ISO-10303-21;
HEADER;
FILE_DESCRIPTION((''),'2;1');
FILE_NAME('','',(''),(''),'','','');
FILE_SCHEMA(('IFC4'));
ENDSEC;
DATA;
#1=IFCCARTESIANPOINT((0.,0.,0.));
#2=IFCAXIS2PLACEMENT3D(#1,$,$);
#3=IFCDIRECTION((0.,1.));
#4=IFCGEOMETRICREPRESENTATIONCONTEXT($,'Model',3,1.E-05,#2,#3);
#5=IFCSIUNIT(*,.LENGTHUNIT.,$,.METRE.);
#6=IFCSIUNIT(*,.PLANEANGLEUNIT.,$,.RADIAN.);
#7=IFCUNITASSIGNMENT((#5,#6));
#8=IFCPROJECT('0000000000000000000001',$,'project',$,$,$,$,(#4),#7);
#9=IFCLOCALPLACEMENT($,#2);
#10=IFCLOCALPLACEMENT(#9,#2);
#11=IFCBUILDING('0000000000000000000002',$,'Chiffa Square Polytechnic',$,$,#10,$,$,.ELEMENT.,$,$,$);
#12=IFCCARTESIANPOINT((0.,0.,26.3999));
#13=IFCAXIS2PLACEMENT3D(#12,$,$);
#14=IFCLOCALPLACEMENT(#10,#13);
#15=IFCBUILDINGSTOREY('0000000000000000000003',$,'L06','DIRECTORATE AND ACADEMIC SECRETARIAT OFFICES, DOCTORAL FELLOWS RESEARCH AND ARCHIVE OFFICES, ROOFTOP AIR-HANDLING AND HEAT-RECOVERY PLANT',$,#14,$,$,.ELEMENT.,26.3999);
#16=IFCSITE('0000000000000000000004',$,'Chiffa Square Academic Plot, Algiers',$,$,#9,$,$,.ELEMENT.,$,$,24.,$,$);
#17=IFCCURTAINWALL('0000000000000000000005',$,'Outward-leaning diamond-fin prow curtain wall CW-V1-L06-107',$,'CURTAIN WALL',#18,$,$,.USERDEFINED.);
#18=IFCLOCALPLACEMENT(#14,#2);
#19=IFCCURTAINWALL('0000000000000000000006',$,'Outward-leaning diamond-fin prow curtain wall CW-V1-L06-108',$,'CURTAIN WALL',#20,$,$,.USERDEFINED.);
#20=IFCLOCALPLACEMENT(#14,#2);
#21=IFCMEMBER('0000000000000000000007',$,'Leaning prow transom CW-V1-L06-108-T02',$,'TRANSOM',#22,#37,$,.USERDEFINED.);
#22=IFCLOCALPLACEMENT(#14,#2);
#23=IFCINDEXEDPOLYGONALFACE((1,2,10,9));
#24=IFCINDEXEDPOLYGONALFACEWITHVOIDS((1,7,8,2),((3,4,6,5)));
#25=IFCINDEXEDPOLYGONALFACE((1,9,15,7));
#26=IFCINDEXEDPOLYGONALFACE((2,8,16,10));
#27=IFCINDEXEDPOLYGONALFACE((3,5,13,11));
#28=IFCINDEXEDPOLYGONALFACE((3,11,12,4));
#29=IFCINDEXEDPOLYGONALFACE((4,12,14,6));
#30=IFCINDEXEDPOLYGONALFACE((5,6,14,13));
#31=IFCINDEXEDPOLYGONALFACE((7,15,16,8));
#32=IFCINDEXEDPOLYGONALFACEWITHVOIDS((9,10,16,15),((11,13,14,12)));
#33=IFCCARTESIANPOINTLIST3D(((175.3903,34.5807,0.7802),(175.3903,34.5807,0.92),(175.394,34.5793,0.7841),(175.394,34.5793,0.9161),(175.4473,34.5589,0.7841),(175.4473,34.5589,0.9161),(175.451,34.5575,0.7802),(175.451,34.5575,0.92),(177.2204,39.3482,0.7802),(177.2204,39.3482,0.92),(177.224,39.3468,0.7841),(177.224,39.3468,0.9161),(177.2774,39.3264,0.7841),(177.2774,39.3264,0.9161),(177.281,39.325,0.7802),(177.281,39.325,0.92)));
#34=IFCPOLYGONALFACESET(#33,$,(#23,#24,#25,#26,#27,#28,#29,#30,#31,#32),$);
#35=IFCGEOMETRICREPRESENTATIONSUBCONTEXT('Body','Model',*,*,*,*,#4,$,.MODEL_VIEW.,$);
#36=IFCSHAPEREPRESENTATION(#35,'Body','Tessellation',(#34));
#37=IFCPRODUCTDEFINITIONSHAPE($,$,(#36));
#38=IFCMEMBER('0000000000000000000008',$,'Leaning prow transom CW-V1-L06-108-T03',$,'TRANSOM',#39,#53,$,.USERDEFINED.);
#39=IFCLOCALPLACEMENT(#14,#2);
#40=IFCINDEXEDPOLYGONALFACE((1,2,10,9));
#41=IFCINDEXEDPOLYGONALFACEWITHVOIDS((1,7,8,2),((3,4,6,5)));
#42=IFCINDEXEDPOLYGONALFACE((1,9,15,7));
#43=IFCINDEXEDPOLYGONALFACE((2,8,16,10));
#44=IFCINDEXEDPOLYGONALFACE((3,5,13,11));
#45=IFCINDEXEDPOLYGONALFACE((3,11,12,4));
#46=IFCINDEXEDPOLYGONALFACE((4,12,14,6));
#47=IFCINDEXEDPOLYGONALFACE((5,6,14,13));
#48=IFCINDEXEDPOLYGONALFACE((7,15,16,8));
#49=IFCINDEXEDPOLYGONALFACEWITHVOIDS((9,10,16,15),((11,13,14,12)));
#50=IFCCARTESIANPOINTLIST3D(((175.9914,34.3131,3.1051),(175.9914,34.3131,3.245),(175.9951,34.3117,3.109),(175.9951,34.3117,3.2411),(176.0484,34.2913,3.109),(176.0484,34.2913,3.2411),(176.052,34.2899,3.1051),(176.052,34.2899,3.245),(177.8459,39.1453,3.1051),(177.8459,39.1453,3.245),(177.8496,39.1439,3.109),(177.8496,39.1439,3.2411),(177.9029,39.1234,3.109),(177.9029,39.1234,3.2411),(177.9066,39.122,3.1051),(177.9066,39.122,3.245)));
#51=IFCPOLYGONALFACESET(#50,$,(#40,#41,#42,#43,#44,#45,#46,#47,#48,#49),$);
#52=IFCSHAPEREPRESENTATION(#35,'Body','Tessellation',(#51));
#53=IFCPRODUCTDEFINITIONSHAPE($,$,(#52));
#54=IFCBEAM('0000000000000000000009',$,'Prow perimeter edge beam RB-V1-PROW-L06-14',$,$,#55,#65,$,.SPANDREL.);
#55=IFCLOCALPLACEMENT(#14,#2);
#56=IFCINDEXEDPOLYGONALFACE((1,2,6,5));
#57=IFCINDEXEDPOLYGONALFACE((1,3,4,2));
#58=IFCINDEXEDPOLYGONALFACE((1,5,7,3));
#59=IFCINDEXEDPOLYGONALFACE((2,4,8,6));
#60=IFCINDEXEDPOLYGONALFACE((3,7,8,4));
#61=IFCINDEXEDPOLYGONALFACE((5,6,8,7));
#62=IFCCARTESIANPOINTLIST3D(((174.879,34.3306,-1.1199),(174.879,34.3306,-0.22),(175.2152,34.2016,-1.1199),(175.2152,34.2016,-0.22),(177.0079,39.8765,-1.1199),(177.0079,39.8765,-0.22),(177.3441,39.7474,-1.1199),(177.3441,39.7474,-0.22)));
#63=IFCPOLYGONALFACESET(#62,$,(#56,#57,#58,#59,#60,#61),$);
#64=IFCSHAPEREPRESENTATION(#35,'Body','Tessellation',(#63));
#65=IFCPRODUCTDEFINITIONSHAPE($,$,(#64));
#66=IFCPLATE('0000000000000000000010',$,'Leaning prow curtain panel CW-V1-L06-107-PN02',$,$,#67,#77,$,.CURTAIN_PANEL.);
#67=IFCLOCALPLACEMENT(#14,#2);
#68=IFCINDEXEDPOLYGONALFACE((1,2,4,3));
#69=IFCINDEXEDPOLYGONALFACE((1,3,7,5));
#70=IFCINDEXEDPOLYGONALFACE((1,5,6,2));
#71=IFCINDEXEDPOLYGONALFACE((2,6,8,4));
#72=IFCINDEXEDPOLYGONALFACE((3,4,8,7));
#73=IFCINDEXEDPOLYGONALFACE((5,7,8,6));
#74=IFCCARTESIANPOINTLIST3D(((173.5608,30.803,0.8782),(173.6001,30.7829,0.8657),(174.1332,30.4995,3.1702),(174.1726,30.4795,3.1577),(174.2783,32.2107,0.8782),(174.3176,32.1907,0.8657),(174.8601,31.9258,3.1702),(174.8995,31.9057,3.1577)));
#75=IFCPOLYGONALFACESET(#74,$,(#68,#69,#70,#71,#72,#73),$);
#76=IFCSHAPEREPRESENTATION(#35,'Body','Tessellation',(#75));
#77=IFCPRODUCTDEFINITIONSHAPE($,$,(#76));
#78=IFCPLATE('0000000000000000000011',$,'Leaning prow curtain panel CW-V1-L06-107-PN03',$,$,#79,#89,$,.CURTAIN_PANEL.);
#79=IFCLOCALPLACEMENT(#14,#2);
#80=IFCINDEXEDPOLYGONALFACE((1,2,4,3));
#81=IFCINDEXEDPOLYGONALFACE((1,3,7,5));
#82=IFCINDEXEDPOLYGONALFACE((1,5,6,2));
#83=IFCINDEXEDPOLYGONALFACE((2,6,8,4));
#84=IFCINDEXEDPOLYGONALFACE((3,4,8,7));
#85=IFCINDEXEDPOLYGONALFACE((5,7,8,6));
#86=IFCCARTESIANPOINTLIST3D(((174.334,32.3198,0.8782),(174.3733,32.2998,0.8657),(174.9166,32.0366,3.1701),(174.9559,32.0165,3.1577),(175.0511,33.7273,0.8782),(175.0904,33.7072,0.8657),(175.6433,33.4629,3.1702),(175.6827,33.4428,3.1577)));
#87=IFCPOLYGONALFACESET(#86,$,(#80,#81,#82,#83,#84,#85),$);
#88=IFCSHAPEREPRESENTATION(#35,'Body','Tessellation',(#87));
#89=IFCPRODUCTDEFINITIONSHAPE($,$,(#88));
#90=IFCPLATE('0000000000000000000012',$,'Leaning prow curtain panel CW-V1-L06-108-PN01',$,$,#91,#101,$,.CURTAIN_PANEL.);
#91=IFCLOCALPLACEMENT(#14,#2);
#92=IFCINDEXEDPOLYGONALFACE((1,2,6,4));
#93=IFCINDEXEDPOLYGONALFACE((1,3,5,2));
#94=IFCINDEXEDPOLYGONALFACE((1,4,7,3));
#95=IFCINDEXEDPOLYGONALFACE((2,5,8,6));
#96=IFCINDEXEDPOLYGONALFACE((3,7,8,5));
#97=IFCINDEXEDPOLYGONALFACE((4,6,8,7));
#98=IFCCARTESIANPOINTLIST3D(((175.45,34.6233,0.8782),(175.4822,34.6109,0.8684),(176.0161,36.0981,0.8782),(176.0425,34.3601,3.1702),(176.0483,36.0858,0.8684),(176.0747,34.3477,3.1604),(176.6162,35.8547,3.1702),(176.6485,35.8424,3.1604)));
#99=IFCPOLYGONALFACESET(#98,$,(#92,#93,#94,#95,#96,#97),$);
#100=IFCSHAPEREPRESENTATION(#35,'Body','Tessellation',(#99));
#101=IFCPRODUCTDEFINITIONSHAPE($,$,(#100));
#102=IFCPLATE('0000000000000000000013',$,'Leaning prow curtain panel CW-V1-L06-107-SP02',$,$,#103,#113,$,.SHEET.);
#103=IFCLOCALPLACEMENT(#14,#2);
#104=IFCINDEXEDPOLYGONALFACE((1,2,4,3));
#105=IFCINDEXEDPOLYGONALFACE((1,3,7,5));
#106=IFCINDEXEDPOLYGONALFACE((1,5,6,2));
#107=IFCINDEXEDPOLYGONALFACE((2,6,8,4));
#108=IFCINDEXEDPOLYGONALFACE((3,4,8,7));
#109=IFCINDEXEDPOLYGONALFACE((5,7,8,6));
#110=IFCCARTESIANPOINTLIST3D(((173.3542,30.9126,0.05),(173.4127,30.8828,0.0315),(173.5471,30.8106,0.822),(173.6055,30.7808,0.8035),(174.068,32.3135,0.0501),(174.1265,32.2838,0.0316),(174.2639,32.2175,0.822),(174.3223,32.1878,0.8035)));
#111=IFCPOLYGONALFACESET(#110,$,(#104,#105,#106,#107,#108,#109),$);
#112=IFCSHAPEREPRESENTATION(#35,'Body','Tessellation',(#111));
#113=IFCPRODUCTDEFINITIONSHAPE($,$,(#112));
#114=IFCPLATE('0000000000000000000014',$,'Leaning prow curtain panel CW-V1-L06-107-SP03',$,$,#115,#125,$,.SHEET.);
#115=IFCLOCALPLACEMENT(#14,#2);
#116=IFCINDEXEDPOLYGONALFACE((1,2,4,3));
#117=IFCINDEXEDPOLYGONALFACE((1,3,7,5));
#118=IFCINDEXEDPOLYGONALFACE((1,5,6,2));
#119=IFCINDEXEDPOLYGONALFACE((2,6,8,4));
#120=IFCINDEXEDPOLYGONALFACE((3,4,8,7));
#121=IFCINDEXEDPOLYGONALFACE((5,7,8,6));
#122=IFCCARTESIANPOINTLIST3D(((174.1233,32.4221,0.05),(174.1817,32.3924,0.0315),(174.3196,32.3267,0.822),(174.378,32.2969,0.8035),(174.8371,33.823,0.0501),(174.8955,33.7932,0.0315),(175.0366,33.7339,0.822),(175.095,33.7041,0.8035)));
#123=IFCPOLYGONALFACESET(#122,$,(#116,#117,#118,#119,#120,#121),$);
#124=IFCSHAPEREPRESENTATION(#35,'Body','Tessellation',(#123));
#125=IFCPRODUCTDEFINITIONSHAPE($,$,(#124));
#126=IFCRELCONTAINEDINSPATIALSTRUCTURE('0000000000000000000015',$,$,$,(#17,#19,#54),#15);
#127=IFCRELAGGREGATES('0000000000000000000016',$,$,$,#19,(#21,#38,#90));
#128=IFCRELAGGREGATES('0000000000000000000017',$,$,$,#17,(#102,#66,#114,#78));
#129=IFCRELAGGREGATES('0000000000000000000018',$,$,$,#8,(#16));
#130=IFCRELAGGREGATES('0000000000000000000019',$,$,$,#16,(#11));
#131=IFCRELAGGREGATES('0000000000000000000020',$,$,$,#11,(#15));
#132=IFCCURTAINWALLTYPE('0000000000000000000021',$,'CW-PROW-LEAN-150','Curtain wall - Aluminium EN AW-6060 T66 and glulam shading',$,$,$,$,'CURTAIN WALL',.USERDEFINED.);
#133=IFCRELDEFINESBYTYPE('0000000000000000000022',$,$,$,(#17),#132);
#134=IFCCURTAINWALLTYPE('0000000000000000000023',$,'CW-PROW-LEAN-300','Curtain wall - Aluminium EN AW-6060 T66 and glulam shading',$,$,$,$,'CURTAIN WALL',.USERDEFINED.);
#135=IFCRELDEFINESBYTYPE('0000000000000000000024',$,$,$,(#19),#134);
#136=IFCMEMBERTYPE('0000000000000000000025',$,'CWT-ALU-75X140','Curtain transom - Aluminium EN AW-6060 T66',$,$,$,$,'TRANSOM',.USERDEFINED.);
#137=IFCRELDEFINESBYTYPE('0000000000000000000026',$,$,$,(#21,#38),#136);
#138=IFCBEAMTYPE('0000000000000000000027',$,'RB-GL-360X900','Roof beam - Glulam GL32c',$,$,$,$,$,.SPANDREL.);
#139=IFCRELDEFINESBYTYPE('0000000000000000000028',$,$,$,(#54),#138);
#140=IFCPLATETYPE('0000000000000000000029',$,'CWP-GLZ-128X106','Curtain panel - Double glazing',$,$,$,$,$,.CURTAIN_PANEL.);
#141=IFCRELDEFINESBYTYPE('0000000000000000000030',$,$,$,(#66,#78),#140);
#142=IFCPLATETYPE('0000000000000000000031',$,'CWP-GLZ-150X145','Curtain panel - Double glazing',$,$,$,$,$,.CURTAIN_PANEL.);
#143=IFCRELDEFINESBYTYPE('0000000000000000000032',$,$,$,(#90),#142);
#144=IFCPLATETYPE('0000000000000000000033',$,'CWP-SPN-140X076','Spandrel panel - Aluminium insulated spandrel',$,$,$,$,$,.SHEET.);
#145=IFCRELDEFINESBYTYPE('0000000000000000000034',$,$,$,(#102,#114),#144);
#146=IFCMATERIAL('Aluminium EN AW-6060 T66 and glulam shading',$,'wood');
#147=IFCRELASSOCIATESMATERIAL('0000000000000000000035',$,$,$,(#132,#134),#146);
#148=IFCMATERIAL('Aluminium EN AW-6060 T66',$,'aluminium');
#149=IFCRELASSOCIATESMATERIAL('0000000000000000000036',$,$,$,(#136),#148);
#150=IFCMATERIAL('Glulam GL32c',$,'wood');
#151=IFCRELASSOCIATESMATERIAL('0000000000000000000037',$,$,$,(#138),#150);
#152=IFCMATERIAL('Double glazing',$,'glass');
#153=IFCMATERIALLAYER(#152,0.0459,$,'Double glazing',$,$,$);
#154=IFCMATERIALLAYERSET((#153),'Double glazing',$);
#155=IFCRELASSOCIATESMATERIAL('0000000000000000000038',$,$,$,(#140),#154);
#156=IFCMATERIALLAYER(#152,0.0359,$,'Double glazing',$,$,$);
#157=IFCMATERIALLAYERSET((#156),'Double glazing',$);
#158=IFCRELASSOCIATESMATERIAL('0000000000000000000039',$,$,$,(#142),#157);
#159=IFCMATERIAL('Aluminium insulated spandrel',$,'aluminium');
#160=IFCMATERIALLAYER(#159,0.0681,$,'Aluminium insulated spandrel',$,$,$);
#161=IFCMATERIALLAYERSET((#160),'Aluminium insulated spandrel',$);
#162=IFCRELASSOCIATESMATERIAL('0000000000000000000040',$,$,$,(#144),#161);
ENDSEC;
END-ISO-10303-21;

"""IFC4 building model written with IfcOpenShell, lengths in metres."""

from ifc_helpers import new_model, si_unit, direction, frame, origin, origin_2d, place, context, subcontext, project, spatial, polyline, rectangle, hollow_rectangle, outline, extrude, material, layer, layer_set, material_profile, profile_set, type_object, element, aggregate, save


model = new_model("IFC4")

# Units and contexts
model_context = context("Model", 3, precision=1e-05, world=origin(), true_north=direction((0.0, 1.0)))
body_context = subcontext(model_context, "Body", "Model", "MODEL_VIEW")
ifc_project = project(units=[si_unit("LENGTHUNIT", "METRE"), si_unit("PLANEANGLEUNIT", "RADIAN")], contexts=[model_context])

# Site, building, storey
site_placement = place(None, origin())
site = spatial("IfcSite", under=ifc_project, at=site_placement, Name="Chiffa Square Academic Plot, Algiers", CompositionType="ELEMENT", RefElevation=24.0)
building_placement = place(site_placement, origin())
building = spatial("IfcBuilding", under=site, at=building_placement, Name="Chiffa Square Polytechnic", CompositionType="ELEMENT")
storey_placement = place(building_placement, frame((0.0, 0.0, 26.3999)))
storey = spatial("IfcBuildingStorey", under=building, at=storey_placement, Name="L06", Description="DIRECTORATE AND ACADEMIC SECRETARIAT OFFICES, DOCTORAL FELLOWS RESEARCH AND ARCHIVE OFFICES, ROOFTOP AIR-HANDLING AND HEAT-RECOVERY PLANT", CompositionType="ELEMENT", Elevation=26.3999)

# Shared definitions
ifc_material_1 = material(Name="Glulam GL32c", Category="wood")

# Curtain walls, members
ifc_material_2 = material(Name="Aluminium EN AW-6060 T66 and glulam shading", Category="wood")
curtain_wall_type_1 = type_object("IfcCurtainWallType", Name="CW-PROW-LEAN-150", Description="Curtain wall - Aluminium EN AW-6060 T66 and glulam shading", ElementType="CURTAIN WALL", PredefinedType="USERDEFINED", material=ifc_material_2)
curtain_wall_1_placement = place(storey_placement, origin())
curtain_wall_1 = element("IfcCurtainWall", 1, at=curtain_wall_1_placement, inside=storey, type_object=curtain_wall_type_1, Name="Outward-leaning diamond-fin prow curtain wall CW-V1-L06-107", ObjectType="CURTAIN WALL", PredefinedType="USERDEFINED")
ifc_material_3 = material(Name="Aluminium EN AW-6060 T66", Category="aluminium")
curtain_wall_type_2 = type_object("IfcCurtainWallType", Name="CW-PROW-LEAN-300", Description="Curtain wall - Aluminium EN AW-6060 T66 and glulam shading", ElementType="CURTAIN WALL", PredefinedType="USERDEFINED", material=ifc_material_2)
curtain_wall_2_placement = place(storey_placement, origin())
curtain_wall_2 = element("IfcCurtainWall", 2, at=curtain_wall_2_placement, inside=storey, type_object=curtain_wall_type_2, Name="Outward-leaning diamond-fin prow curtain wall CW-V1-L06-108", ObjectType="CURTAIN WALL", PredefinedType="USERDEFINED")
ifc_material_profile_1 = material_profile(ifc_material_3, hollow_rectangle(XDim=0.0649, YDim=0.1399, WallThickness=0.0039, at=origin_2d()), Name="ALU 65x140x4")
ifc_profile_set_1 = profile_set([ifc_material_profile_1], Name="Aluminium EN AW-6060 T66")
member_type_1 = type_object("IfcMemberType", Name="CWT-ALU-75X140", Description="Curtain transom - Aluminium EN AW-6060 T66", ElementType="TRANSOM", PredefinedType="USERDEFINED", material=ifc_profile_set_1)
member_1_placement = place(storey_placement, frame((175.4207, 34.5691, 0.8501), z_axis=(0.358364, 0.933582, 0.0), x_axis=(-0.933582, 0.358364, 0.0)))
member_1 = element("IfcMember", 3, at=member_1_placement, type_object=member_type_1, Name="Leaning prow transom CW-V1-L06-108-T02", ObjectType="TRANSOM", PredefinedType="USERDEFINED", context=body_context, shape_type="SweptSolid", body=[
    extrude(hollow_rectangle(XDim=0.0649, YDim=0.1399, WallThickness=0.0039, at=origin_2d()), origin(), (0.0, 0.0, 1.0), 5.1067),
])
member_2_placement = place(storey_placement, frame((176.0217, 34.3015, 3.175), z_axis=(0.358309, 0.933603, 0.0), x_axis=(-0.933603, 0.358309, 0.0)))
member_2 = element("IfcMember", 4, at=member_2_placement, type_object=member_type_1, Name="Leaning prow transom CW-V1-L06-108-T03", ObjectType="TRANSOM", PredefinedType="USERDEFINED", context=body_context, shape_type="SweptSolid", body=[
    extrude(hollow_rectangle(XDim=0.0649, YDim=0.1399, WallThickness=0.0039, at=origin_2d()), origin(), (0.0, 0.0, 1.0), 5.1758),
])

# Beam
ifc_material_profile_2 = material_profile(ifc_material_1, rectangle(XDim=0.3601, YDim=0.8999, at=origin_2d()), Name="GL32c 360x900")
ifc_profile_set_2 = profile_set([ifc_material_profile_2], Name="Glulam GL32c")
beam_type = type_object("IfcBeamType", Name="RB-GL-360X900", Description="Roof beam - Glulam GL32c", PredefinedType="SPANDREL", material=ifc_profile_set_2)
beam_placement = place(storey_placement, frame((175.0471, 34.2661, -0.6699), z_axis=(0.358373, 0.933578, 0.0), x_axis=(-0.933578, 0.358373, 0.0)))
element("IfcBeam", 5, at=beam_placement, inside=storey, type_object=beam_type, Name="Prow perimeter edge beam RB-V1-PROW-L06-14", PredefinedType="SPANDREL", context=body_context, shape_type="SweptSolid", body=[
    extrude(rectangle(XDim=0.3601, YDim=0.8999, at=origin_2d()), origin(), (0.0, 0.0, 1.0), 5.9404),
])

# Plates
ifc_material_4 = material(Name="Double glazing", Category="glass")
ifc_layer_1 = layer(ifc_material_4, 0.0459, Name="Double glazing")
ifc_layer_set_1 = layer_set([ifc_layer_1], Name="Double glazing")
plate_type_1 = type_object("IfcPlateType", Name="CWP-GLZ-128X106", Description="Curtain panel - Double glazing", PredefinedType="CURTAIN_PANEL", material=ifc_layer_set_1)
plate_1_placement = place(storey_placement, frame((173.5608, 30.803, 0.8782), z_axis=(-0.857375, 0.43696, 0.271982), x_axis=(0.454081, 0.89096, 0.000013)))
plate_1 = element("IfcPlate", 6, at=plate_1_placement, type_object=plate_type_1, Name="Leaning prow curtain panel CW-V1-L06-107-PN02", PredefinedType="CURTAIN_PANEL", context=body_context, shape_type="SweptSolid", body=[
    extrude(outline(polyline([(0.0, 0.0), (1.58, 0.0), (1.5904, -2.3818), (-0.0104, -2.3818), (0.0, 0.0)])), origin(), (0.0, 0.0, -1.0), 0.0459),
])
plate_2_placement = place(storey_placement, frame((174.334, 32.3198, 0.8782), z_axis=(-0.857431, 0.436878, 0.271936), x_axis=(0.453983, 0.89101, -0.000014)))
plate_2 = element("IfcPlate", 7, at=plate_2_placement, type_object=plate_type_1, Name="Leaning prow curtain panel CW-V1-L06-107-PN03", PredefinedType="CURTAIN_PANEL", context=body_context, shape_type="SweptSolid", body=[
    extrude(outline(polyline([(0.0, 0.0), (1.5796, 0.0), (1.6129, -2.3818), (0.0121, -2.3817), (0.0, 0.0)])), origin(), (0.0, 0.0, -1.0), 0.0459),
])
ifc_layer_2 = layer(ifc_material_4, 0.0359, Name="Double glazing")
ifc_layer_set_2 = layer_set([ifc_layer_2], Name="Double glazing")
plate_type_2 = type_object("IfcPlateType", Name="CWP-GLZ-150X145", Description="Curtain panel - Double glazing", PredefinedType="CURTAIN_PANEL", material=ifc_layer_set_2)
plate_3_placement = place(storey_placement, frame((175.45, 34.6233, 0.8782), z_axis=(-0.898418, 0.344875, 0.271857), x_axis=(0.358373, 0.933579, 0.000002)))
plate_3 = element("IfcPlate", 8, at=plate_3_placement, type_object=plate_type_2, Name="Leaning prow curtain panel CW-V1-L06-108-PN01", PredefinedType="CURTAIN_PANEL", context=body_context, shape_type="SweptSolid", body=[
    extrude(outline(polyline([(0.0, 0.0), (1.5798, 0.0), (1.5676, -2.3817), (-0.0334, -2.3817), (0.0, 0.0)])), origin(), (0.0, 0.0, -1.0), 0.0359),
])
aggregate(curtain_wall_2, [member_1, member_2, plate_3])
ifc_material_5 = material(Name="Aluminium insulated spandrel", Category="aluminium")
ifc_layer_3 = layer(ifc_material_5, 0.0681, Name="Aluminium insulated spandrel")
ifc_layer_set_3 = layer_set([ifc_layer_3], Name="Aluminium insulated spandrel")
plate_type_3 = type_object("IfcPlateType", Name="CWP-SPN-140X076", Description="Spandrel panel - Aluminium insulated spandrel", PredefinedType="SHEET", material=ifc_layer_set_3)
plate_4_placement = place(storey_placement, frame((173.3542, 30.9126, 0.05), z_axis=(-0.857445, 0.436886, 0.27188), x_axis=(0.453991, 0.891006, 0.000013)))
plate_4 = element("IfcPlate", 9, at=plate_4_placement, type_object=plate_type_3, Name="Leaning prow curtain panel CW-V1-L06-107-SP02", PredefinedType="SHEET", context=body_context, shape_type="SweptSolid", body=[
    extrude(outline(polyline([(0.0, 0.0), (1.5723, 0.0), (1.5757, -0.8022), (-0.0034, -0.8022), (0.0, 0.0)])), origin(), (0.0, 0.0, -1.0), 0.0681),
])
plate_5_placement = place(storey_placement, frame((174.1233, 32.4221, 0.05), z_axis=(-0.857399, 0.436899, 0.272002), x_axis=(0.454019, 0.890992, 0.000005)))
plate_5 = element("IfcPlate", 10, at=plate_5_placement, type_object=plate_type_3, Name="Leaning prow curtain panel CW-V1-L06-107-SP03", PredefinedType="SHEET", context=body_context, shape_type="SweptSolid", body=[
    extrude(outline(polyline([(0.0, 0.0), (1.5723, 0.0), (1.5834, -0.8022), (0.0041, -0.8022), (0.0, 0.0)])), origin(), (0.0, 0.0, -1.0), 0.0681),
])
aggregate(curtain_wall_1, [plate_4, plate_1, plate_5, plate_2])

save(model, "model.ifc")
